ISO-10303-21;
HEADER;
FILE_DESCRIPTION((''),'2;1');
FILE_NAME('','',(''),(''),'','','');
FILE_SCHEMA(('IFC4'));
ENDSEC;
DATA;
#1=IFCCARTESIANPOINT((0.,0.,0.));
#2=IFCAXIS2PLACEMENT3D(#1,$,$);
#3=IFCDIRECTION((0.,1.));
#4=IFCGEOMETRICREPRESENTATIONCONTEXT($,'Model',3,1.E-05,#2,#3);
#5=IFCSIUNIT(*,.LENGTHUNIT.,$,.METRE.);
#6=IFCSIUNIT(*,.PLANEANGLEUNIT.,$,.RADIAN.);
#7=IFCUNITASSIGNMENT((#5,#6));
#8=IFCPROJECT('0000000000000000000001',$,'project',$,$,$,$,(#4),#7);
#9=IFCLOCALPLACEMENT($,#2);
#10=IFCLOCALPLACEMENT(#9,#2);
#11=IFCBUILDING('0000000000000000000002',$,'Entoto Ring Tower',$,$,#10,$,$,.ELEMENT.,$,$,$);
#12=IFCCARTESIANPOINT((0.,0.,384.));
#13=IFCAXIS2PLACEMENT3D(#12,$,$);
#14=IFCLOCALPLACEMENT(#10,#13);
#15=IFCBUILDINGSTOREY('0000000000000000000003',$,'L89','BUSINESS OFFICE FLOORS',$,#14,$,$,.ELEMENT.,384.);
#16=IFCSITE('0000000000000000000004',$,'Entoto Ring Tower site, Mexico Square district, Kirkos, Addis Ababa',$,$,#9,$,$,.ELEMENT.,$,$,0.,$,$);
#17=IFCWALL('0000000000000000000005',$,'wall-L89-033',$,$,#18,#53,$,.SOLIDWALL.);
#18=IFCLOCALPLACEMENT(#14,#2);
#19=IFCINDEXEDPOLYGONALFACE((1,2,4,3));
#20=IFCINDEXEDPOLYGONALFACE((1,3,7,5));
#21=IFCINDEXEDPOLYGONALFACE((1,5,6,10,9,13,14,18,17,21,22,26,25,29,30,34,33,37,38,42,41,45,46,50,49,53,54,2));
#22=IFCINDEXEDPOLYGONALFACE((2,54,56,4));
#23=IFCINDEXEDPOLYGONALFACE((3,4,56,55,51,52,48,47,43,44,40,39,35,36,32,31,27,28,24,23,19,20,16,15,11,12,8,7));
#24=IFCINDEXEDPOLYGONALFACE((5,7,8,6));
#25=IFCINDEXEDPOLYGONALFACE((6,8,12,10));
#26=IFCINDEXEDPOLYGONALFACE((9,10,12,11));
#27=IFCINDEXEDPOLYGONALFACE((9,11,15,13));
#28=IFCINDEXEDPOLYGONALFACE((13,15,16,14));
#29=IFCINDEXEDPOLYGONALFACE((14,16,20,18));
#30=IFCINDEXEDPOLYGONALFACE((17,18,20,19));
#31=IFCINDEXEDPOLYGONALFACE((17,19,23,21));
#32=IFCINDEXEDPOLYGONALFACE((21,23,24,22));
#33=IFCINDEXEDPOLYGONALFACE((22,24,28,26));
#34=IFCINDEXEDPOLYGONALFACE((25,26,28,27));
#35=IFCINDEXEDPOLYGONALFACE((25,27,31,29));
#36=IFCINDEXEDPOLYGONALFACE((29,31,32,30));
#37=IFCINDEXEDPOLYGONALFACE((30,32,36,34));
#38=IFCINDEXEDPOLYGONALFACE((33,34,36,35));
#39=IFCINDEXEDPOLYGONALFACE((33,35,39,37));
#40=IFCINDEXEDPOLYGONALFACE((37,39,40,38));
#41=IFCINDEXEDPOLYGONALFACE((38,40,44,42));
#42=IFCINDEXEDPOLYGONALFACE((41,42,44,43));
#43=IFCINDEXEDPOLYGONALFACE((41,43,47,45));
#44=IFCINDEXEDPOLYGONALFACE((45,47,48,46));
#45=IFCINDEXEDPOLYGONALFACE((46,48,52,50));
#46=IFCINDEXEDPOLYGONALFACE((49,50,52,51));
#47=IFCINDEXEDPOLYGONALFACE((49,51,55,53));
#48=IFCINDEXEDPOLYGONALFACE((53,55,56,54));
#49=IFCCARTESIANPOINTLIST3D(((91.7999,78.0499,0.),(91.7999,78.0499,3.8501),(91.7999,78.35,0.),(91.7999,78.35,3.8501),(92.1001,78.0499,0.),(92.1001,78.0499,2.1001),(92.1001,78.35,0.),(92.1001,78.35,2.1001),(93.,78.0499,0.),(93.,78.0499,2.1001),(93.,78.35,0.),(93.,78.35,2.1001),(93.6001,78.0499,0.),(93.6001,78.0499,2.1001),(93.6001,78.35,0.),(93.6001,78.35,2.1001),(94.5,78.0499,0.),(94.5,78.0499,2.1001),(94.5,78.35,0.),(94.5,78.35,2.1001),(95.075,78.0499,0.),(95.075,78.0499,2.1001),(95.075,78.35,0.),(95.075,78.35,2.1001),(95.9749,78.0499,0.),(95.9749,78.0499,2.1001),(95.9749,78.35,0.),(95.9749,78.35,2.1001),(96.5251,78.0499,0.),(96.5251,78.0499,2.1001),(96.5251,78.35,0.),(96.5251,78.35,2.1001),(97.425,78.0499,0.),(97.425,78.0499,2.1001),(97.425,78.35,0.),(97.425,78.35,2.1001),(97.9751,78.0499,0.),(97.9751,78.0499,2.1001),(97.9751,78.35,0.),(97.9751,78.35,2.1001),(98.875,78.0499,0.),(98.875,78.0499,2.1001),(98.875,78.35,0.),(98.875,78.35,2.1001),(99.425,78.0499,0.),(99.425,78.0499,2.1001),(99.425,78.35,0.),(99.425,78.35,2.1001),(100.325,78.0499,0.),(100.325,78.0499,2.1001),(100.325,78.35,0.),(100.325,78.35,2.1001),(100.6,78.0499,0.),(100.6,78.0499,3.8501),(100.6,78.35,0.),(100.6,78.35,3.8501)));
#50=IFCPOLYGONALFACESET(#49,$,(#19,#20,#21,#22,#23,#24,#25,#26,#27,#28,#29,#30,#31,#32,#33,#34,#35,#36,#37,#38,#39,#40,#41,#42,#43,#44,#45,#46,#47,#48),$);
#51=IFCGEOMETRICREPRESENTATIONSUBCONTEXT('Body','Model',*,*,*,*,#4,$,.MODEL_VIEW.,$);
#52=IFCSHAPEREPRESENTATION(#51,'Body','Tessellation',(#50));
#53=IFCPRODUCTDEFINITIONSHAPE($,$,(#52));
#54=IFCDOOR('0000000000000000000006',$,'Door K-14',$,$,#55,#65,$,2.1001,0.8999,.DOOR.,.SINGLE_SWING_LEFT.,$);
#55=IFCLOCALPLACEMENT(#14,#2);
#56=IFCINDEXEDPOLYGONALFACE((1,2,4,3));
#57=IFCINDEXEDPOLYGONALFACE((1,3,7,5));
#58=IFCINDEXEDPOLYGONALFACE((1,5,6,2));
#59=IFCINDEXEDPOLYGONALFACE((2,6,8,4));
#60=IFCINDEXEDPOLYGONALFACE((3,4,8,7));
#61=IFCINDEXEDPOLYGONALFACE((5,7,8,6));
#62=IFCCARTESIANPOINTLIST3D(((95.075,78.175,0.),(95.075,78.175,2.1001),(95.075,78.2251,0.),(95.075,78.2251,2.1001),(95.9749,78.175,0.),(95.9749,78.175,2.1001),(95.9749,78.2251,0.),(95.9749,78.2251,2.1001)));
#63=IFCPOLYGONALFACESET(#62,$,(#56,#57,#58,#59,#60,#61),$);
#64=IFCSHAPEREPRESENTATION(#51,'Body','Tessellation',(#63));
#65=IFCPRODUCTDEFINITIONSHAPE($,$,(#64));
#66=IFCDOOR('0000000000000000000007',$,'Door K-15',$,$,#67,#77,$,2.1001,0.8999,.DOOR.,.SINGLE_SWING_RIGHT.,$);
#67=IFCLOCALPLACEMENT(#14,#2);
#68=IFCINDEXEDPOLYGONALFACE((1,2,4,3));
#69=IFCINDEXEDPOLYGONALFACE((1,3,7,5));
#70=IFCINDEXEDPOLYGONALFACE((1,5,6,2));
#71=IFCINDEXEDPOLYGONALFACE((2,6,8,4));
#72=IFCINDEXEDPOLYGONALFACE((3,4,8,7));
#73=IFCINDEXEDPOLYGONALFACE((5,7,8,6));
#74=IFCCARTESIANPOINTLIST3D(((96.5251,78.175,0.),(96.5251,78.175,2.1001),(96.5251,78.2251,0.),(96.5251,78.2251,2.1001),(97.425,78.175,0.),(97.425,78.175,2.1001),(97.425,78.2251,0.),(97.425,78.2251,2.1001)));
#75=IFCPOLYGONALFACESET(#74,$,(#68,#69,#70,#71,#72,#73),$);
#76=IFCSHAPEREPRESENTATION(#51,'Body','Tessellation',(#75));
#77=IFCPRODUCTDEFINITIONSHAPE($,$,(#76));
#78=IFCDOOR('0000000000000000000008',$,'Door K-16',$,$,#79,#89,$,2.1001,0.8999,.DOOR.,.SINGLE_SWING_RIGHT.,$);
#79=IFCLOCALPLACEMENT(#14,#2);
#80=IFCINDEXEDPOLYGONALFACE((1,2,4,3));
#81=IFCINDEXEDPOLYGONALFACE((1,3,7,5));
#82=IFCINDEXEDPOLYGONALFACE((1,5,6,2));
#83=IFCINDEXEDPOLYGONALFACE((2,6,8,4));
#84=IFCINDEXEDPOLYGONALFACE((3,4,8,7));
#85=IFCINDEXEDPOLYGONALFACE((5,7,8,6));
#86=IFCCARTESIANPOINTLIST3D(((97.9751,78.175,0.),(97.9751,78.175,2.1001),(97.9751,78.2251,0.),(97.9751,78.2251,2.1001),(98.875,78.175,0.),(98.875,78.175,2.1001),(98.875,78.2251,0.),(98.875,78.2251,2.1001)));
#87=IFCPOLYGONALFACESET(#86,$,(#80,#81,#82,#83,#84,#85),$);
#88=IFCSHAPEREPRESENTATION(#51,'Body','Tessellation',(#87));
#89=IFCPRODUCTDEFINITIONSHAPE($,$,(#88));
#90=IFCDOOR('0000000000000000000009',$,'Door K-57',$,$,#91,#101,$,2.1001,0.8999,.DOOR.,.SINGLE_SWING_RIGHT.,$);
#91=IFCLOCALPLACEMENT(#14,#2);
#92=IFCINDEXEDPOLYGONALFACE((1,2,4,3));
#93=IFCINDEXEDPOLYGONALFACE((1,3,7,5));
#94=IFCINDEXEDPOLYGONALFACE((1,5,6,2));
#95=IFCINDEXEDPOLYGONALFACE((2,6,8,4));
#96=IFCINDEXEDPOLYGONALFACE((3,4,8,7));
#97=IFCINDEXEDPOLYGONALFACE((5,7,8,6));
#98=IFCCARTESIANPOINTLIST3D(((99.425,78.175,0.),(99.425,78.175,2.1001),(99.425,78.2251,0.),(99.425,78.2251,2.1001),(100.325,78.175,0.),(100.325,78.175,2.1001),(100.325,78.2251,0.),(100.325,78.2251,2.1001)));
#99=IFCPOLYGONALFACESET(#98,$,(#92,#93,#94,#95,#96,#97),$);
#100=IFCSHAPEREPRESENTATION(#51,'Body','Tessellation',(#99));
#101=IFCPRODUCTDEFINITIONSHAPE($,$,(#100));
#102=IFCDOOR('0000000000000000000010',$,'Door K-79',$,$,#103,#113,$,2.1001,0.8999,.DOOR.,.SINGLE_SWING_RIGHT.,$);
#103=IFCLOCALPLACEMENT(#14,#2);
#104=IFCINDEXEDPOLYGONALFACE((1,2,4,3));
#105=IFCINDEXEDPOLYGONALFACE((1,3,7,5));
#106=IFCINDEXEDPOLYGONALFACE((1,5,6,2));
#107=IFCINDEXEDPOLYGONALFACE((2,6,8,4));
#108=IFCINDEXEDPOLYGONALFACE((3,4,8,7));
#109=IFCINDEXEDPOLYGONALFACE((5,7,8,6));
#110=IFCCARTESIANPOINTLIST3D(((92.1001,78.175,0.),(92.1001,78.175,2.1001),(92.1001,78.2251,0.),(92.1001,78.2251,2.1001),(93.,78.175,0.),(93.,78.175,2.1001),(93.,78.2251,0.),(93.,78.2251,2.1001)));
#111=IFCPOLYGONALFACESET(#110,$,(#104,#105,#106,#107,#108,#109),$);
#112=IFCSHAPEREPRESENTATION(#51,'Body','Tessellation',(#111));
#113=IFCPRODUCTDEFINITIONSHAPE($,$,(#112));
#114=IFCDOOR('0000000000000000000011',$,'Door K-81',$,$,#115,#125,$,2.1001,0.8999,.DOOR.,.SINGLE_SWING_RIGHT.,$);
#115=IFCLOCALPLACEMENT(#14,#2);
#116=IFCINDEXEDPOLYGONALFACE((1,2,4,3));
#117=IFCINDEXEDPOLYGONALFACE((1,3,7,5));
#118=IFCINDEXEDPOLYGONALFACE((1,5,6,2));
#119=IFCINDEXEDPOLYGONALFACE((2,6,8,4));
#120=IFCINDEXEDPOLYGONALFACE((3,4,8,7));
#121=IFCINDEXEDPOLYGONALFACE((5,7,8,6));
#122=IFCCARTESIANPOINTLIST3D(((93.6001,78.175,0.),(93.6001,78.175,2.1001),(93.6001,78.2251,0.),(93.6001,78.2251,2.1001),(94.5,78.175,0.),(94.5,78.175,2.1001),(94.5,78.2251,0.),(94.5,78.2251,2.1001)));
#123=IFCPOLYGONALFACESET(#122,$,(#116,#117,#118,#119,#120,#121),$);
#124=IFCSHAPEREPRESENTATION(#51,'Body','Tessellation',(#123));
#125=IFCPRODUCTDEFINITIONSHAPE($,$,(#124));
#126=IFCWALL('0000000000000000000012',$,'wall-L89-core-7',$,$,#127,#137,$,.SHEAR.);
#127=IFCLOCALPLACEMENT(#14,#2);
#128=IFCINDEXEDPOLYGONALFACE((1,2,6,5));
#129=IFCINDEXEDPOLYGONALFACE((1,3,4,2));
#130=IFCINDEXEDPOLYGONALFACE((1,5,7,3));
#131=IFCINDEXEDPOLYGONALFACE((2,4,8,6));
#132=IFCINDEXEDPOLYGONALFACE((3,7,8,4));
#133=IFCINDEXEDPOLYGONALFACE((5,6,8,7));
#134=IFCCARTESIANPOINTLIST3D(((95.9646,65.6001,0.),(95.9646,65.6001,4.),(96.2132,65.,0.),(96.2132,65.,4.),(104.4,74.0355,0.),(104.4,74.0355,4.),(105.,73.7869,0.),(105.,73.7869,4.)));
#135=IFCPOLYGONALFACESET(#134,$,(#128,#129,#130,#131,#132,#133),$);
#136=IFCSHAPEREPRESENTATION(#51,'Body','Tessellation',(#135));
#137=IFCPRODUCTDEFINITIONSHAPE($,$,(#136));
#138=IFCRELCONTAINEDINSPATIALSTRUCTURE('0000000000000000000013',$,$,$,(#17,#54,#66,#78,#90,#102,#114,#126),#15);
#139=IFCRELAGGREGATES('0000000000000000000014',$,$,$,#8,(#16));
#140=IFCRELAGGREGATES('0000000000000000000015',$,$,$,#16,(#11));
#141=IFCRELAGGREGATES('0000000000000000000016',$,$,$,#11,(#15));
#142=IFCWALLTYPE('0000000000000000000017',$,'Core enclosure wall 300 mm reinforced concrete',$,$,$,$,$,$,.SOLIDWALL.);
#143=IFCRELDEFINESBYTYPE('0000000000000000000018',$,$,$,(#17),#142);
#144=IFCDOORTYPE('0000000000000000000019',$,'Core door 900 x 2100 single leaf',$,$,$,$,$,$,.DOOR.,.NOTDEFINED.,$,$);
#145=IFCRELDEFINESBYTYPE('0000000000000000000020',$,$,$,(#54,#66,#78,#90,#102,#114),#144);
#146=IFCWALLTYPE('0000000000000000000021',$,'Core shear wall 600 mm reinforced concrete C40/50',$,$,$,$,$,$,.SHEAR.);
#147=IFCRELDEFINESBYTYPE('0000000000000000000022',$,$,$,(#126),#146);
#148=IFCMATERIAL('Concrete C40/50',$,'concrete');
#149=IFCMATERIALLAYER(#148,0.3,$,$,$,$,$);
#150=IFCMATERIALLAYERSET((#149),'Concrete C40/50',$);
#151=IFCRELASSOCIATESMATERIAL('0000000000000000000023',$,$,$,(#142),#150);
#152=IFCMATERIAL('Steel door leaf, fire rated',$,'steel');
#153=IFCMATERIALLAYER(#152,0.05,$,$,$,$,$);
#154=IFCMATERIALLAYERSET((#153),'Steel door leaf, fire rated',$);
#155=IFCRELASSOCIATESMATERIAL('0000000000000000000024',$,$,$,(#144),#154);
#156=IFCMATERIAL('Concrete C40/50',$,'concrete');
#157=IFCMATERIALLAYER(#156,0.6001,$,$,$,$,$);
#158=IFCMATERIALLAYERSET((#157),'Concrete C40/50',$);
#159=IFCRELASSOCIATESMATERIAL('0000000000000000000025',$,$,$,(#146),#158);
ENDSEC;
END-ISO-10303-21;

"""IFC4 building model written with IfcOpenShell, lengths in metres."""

from ifc_helpers import new_model, si_unit, direction, frame, frame_2d, origin, place, context, subcontext, project, spatial, polyline, rectangle, outline, extrude, material, layer, layer_set, type_object, element, fill, save


model = new_model("IFC4")

# Units and contexts
model_context = context("Model", 3, precision=1e-05, world=origin(), true_north=direction((0.0, 1.0)))
body_context = subcontext(model_context, "Body", "Model", "MODEL_VIEW")
ifc_project = project(units=[si_unit("LENGTHUNIT", "METRE"), si_unit("PLANEANGLEUNIT", "RADIAN")], contexts=[model_context])

# Site, building, storey
site_placement = place(None, origin())
site = spatial("IfcSite", under=ifc_project, at=site_placement, Name="Entoto Ring Tower site, Mexico Square district, Kirkos, Addis Ababa", CompositionType="ELEMENT", RefElevation=0.0)
building_placement = place(site_placement, origin())
building = spatial("IfcBuilding", under=site, at=building_placement, Name="Entoto Ring Tower", CompositionType="ELEMENT")
storey_placement = place(building_placement, frame((0.0, 0.0, 384.0)))
storey = spatial("IfcBuildingStorey", under=building, at=storey_placement, Name="L89", Description="BUSINESS OFFICE FLOORS", CompositionType="ELEMENT", Elevation=384.0)

# Shared definitions
ifc_material_1 = material(Name="Concrete C40/50", Category="concrete")
ifc_layer_1 = layer(ifc_material_1, 0.3)
ifc_layer_set_1 = layer_set([ifc_layer_1], Name="Concrete C40/50")
wall_type_1 = type_object("IfcWallType", Name="Core enclosure wall 300 mm reinforced concrete", PredefinedType="SOLIDWALL", material=ifc_layer_set_1)

# Shared definitions
ifc_material_2 = material(Name="Steel door leaf, fire rated", Category="steel")
ifc_layer_2 = layer(ifc_material_2, 0.05)
ifc_layer_set_2 = layer_set([ifc_layer_2], Name="Steel door leaf, fire rated")
door_type_1 = type_object("IfcDoorType", Name="Core door 900 x 2100 single leaf", OperationType="NOTDEFINED", PredefinedType="DOOR", material=ifc_layer_set_2)

# Wall, openings, doors
wall_1_placement = place(storey_placement, frame((91.8, 78.2, 0.0), z_axis=(0.0, 0.0, 1.0), x_axis=(1.0, 0.0, 0.0)))
wall_1 = element("IfcWall", 1, at=wall_1_placement, inside=storey, type_object=wall_type_1, Name="wall-L89-033", PredefinedType="SOLIDWALL", context=body_context, shape_type="SweptSolid", body=[
    extrude(rectangle(XDim=8.8, YDim=0.3, at=frame_2d((4.3999, 0.0))), origin(), (0.0, 0.0, 1.0), 3.8501),
])
opening_1_placement = place(wall_1_placement, frame((3.2749, 0.0, 0.0)))
opening_1 = element("IfcOpeningElement", 2, at=opening_1_placement, cuts=wall_1, PredefinedType="OPENING", context=body_context, shape_type="SweptSolid", body=[
    extrude(rectangle(XDim=0.8999, YDim=2.1001, at=frame_2d((0.45, 1.05))), frame((0.0, 0.1602, 0.0), z_axis=(0.0, -1.0, 0.0), x_axis=(1.0, 0.0, 0.0)), (0.0, 0.0, 1.0), 0.3201),
])
opening_2_placement = place(wall_1_placement, frame((4.7251, 0.0, 0.0)))
opening_2 = element("IfcOpeningElement", 3, at=opening_2_placement, cuts=wall_1, PredefinedType="OPENING", context=body_context, shape_type="SweptSolid", body=[
    extrude(rectangle(XDim=0.8999, YDim=2.1001, at=frame_2d((0.45, 1.05))), frame((0.0, 0.1602, 0.0), z_axis=(0.0, -1.0, 0.0), x_axis=(1.0, 0.0, 0.0)), (0.0, 0.0, 1.0), 0.3201),
])
opening_3_placement = place(wall_1_placement, frame((6.175, 0.0, 0.0)))
opening_3 = element("IfcOpeningElement", 4, at=opening_3_placement, cuts=wall_1, PredefinedType="OPENING", context=body_context, shape_type="SweptSolid", body=[
    extrude(rectangle(XDim=0.8999, YDim=2.1001, at=frame_2d((0.45, 1.05))), frame((0.0, 0.1602, 0.0), z_axis=(0.0, -1.0, 0.0), x_axis=(1.0, 0.0, 0.0)), (0.0, 0.0, 1.0), 0.3201),
])
opening_4_placement = place(wall_1_placement, frame((7.625, 0.0, 0.0)))
opening_4 = element("IfcOpeningElement", 5, at=opening_4_placement, cuts=wall_1, PredefinedType="OPENING", context=body_context, shape_type="SweptSolid", body=[
    extrude(rectangle(XDim=0.8999, YDim=2.1001, at=frame_2d((0.45, 1.05))), frame((0.0, 0.1602, 0.0), z_axis=(0.0, -1.0, 0.0), x_axis=(1.0, 0.0, 0.0)), (0.0, 0.0, 1.0), 0.3201),
])
opening_5_placement = place(wall_1_placement, frame((0.3, 0.0, 0.0)))
opening_5 = element("IfcOpeningElement", 6, at=opening_5_placement, cuts=wall_1, PredefinedType="OPENING", context=body_context, shape_type="SweptSolid", body=[
    extrude(rectangle(XDim=0.8999, YDim=2.1001, at=frame_2d((0.45, 1.05))), frame((0.0, 0.1602, 0.0), z_axis=(0.0, -1.0, 0.0), x_axis=(1.0, 0.0, 0.0)), (0.0, 0.0, 1.0), 0.3201),
])
opening_6_placement = place(wall_1_placement, frame((1.8, 0.0, 0.0)))
opening_6 = element("IfcOpeningElement", 7, at=opening_6_placement, cuts=wall_1, PredefinedType="OPENING", context=body_context, shape_type="SweptSolid", body=[
    extrude(rectangle(XDim=0.8999, YDim=2.1001, at=frame_2d((0.45, 1.05))), frame((0.0, 0.1602, 0.0), z_axis=(0.0, -1.0, 0.0), x_axis=(1.0, 0.0, 0.0)), (0.0, 0.0, 1.0), 0.3201),
])
door_1_placement = place(opening_1_placement, frame((0.8999, 0.0, 0.0), z_axis=(0.0, 0.0, 1.0), x_axis=(-1.0, 0.0, 0.0)))
door_1 = element("IfcDoor", 8, at=door_1_placement, inside=storey, type_object=door_type_1, Name="Door K-14", OperationType="SINGLE_SWING_LEFT", OverallHeight=2.1001, OverallWidth=0.8999, PredefinedType="DOOR", context=body_context, shape_type="SweptSolid", body=[
    extrude(rectangle(XDim=0.8999, YDim=2.1001, at=frame_2d((0.45, 1.05))), frame((0.0, 0.0249, 0.0), z_axis=(0.0, -1.0, 0.0), x_axis=(1.0, 0.0, 0.0)), (0.0, 0.0, 1.0), 0.05),
])
fill(opening_1, door_1)
door_2_placement = place(opening_2_placement, frame((0.8999, 0.0, 0.0), z_axis=(0.0, 0.0, 1.0), x_axis=(-1.0, 0.0, 0.0)))
door_2 = element("IfcDoor", 9, at=door_2_placement, inside=storey, type_object=door_type_1, Name="Door K-15", OperationType="SINGLE_SWING_RIGHT", OverallHeight=2.1001, OverallWidth=0.8999, PredefinedType="DOOR", context=body_context, shape_type="SweptSolid", body=[
    extrude(rectangle(XDim=0.8999, YDim=2.1001, at=frame_2d((0.45, 1.05))), frame((0.0, 0.0249, 0.0), z_axis=(0.0, -1.0, 0.0), x_axis=(1.0, 0.0, 0.0)), (0.0, 0.0, 1.0), 0.05),
])
fill(opening_2, door_2)
door_3_placement = place(opening_3_placement, frame((0.8999, 0.0, 0.0), z_axis=(0.0, 0.0, 1.0), x_axis=(-1.0, 0.0, 0.0)))
door_3 = element("IfcDoor", 10, at=door_3_placement, inside=storey, type_object=door_type_1, Name="Door K-16", OperationType="SINGLE_SWING_RIGHT", OverallHeight=2.1001, OverallWidth=0.8999, PredefinedType="DOOR", context=body_context, shape_type="SweptSolid", body=[
    extrude(rectangle(XDim=0.8999, YDim=2.1001, at=frame_2d((0.45, 1.05))), frame((0.0, 0.0249, 0.0), z_axis=(0.0, -1.0, 0.0), x_axis=(1.0, 0.0, 0.0)), (0.0, 0.0, 1.0), 0.05),
])
fill(opening_3, door_3)
door_4_placement = place(opening_4_placement, frame((0.8999, 0.0, 0.0), z_axis=(0.0, 0.0, 1.0), x_axis=(-1.0, 0.0, 0.0)))
door_4 = element("IfcDoor", 11, at=door_4_placement, inside=storey, type_object=door_type_1, Name="Door K-57", OperationType="SINGLE_SWING_RIGHT", OverallHeight=2.1001, OverallWidth=0.8999, PredefinedType="DOOR", context=body_context, shape_type="SweptSolid", body=[
    extrude(rectangle(XDim=0.8999, YDim=2.1001, at=frame_2d((0.45, 1.05))), frame((0.0, 0.0249, 0.0), z_axis=(0.0, -1.0, 0.0), x_axis=(1.0, 0.0, 0.0)), (0.0, 0.0, 1.0), 0.05),
])
fill(opening_4, door_4)
door_5_placement = place(opening_5_placement, frame((0.8999, 0.0, 0.0), z_axis=(0.0, 0.0, 1.0), x_axis=(-1.0, 0.0, 0.0)))
door_5 = element("IfcDoor", 12, at=door_5_placement, inside=storey, type_object=door_type_1, Name="Door K-79", OperationType="SINGLE_SWING_RIGHT", OverallHeight=2.1001, OverallWidth=0.8999, PredefinedType="DOOR", context=body_context, shape_type="SweptSolid", body=[
    extrude(rectangle(XDim=0.8999, YDim=2.1001, at=frame_2d((0.45, 1.05))), frame((0.0, 0.0249, 0.0), z_axis=(0.0, -1.0, 0.0), x_axis=(1.0, 0.0, 0.0)), (0.0, 0.0, 1.0), 0.05),
])
fill(opening_5, door_5)
door_6_placement = place(opening_6_placement, frame((0.8999, 0.0, 0.0), z_axis=(0.0, 0.0, 1.0), x_axis=(-1.0, 0.0, 0.0)))
door_6 = element("IfcDoor", 13, at=door_6_placement, inside=storey, type_object=door_type_1, Name="Door K-81", OperationType="SINGLE_SWING_RIGHT", OverallHeight=2.1001, OverallWidth=0.8999, PredefinedType="DOOR", context=body_context, shape_type="SweptSolid", body=[
    extrude(rectangle(XDim=0.8999, YDim=2.1001, at=frame_2d((0.45, 1.05))), frame((0.0, 0.0249, 0.0), z_axis=(0.0, -1.0, 0.0), x_axis=(1.0, 0.0, 0.0)), (0.0, 0.0, 1.0), 0.05),
])
fill(opening_6, door_6)

# Wall
ifc_material_3 = material(Name="Concrete C40/50", Category="concrete")
ifc_layer_3 = layer(ifc_material_3, 0.6001)
ifc_layer_set_3 = layer_set([ifc_layer_3], Name="Concrete C40/50")
wall_type_2 = type_object("IfcWallType", Name="Core shear wall 600 mm reinforced concrete C40/50", PredefinedType="SHEAR", material=ifc_layer_set_3)
wall_2_placement = place(storey_placement, frame((96.0889, 65.3, 0.0), z_axis=(0.0, 0.0, 1.0), x_axis=(0.707107, 0.707107, 0.0)))
element("IfcWall", 14, at=wall_2_placement, inside=storey, type_object=wall_type_2, Name="wall-L89-core-7", PredefinedType="SHEAR", context=body_context, shape_type="SweptSolid", body=[
    extrude(outline(polyline([(-0.1243, -0.3), (12.3022, -0.3), (12.0537, 0.3), (0.1243, 0.3), (-0.1243, -0.3)])), origin(), (0.0, 0.0, 1.0), 4.0),
])

save(model, "model.ifc")
